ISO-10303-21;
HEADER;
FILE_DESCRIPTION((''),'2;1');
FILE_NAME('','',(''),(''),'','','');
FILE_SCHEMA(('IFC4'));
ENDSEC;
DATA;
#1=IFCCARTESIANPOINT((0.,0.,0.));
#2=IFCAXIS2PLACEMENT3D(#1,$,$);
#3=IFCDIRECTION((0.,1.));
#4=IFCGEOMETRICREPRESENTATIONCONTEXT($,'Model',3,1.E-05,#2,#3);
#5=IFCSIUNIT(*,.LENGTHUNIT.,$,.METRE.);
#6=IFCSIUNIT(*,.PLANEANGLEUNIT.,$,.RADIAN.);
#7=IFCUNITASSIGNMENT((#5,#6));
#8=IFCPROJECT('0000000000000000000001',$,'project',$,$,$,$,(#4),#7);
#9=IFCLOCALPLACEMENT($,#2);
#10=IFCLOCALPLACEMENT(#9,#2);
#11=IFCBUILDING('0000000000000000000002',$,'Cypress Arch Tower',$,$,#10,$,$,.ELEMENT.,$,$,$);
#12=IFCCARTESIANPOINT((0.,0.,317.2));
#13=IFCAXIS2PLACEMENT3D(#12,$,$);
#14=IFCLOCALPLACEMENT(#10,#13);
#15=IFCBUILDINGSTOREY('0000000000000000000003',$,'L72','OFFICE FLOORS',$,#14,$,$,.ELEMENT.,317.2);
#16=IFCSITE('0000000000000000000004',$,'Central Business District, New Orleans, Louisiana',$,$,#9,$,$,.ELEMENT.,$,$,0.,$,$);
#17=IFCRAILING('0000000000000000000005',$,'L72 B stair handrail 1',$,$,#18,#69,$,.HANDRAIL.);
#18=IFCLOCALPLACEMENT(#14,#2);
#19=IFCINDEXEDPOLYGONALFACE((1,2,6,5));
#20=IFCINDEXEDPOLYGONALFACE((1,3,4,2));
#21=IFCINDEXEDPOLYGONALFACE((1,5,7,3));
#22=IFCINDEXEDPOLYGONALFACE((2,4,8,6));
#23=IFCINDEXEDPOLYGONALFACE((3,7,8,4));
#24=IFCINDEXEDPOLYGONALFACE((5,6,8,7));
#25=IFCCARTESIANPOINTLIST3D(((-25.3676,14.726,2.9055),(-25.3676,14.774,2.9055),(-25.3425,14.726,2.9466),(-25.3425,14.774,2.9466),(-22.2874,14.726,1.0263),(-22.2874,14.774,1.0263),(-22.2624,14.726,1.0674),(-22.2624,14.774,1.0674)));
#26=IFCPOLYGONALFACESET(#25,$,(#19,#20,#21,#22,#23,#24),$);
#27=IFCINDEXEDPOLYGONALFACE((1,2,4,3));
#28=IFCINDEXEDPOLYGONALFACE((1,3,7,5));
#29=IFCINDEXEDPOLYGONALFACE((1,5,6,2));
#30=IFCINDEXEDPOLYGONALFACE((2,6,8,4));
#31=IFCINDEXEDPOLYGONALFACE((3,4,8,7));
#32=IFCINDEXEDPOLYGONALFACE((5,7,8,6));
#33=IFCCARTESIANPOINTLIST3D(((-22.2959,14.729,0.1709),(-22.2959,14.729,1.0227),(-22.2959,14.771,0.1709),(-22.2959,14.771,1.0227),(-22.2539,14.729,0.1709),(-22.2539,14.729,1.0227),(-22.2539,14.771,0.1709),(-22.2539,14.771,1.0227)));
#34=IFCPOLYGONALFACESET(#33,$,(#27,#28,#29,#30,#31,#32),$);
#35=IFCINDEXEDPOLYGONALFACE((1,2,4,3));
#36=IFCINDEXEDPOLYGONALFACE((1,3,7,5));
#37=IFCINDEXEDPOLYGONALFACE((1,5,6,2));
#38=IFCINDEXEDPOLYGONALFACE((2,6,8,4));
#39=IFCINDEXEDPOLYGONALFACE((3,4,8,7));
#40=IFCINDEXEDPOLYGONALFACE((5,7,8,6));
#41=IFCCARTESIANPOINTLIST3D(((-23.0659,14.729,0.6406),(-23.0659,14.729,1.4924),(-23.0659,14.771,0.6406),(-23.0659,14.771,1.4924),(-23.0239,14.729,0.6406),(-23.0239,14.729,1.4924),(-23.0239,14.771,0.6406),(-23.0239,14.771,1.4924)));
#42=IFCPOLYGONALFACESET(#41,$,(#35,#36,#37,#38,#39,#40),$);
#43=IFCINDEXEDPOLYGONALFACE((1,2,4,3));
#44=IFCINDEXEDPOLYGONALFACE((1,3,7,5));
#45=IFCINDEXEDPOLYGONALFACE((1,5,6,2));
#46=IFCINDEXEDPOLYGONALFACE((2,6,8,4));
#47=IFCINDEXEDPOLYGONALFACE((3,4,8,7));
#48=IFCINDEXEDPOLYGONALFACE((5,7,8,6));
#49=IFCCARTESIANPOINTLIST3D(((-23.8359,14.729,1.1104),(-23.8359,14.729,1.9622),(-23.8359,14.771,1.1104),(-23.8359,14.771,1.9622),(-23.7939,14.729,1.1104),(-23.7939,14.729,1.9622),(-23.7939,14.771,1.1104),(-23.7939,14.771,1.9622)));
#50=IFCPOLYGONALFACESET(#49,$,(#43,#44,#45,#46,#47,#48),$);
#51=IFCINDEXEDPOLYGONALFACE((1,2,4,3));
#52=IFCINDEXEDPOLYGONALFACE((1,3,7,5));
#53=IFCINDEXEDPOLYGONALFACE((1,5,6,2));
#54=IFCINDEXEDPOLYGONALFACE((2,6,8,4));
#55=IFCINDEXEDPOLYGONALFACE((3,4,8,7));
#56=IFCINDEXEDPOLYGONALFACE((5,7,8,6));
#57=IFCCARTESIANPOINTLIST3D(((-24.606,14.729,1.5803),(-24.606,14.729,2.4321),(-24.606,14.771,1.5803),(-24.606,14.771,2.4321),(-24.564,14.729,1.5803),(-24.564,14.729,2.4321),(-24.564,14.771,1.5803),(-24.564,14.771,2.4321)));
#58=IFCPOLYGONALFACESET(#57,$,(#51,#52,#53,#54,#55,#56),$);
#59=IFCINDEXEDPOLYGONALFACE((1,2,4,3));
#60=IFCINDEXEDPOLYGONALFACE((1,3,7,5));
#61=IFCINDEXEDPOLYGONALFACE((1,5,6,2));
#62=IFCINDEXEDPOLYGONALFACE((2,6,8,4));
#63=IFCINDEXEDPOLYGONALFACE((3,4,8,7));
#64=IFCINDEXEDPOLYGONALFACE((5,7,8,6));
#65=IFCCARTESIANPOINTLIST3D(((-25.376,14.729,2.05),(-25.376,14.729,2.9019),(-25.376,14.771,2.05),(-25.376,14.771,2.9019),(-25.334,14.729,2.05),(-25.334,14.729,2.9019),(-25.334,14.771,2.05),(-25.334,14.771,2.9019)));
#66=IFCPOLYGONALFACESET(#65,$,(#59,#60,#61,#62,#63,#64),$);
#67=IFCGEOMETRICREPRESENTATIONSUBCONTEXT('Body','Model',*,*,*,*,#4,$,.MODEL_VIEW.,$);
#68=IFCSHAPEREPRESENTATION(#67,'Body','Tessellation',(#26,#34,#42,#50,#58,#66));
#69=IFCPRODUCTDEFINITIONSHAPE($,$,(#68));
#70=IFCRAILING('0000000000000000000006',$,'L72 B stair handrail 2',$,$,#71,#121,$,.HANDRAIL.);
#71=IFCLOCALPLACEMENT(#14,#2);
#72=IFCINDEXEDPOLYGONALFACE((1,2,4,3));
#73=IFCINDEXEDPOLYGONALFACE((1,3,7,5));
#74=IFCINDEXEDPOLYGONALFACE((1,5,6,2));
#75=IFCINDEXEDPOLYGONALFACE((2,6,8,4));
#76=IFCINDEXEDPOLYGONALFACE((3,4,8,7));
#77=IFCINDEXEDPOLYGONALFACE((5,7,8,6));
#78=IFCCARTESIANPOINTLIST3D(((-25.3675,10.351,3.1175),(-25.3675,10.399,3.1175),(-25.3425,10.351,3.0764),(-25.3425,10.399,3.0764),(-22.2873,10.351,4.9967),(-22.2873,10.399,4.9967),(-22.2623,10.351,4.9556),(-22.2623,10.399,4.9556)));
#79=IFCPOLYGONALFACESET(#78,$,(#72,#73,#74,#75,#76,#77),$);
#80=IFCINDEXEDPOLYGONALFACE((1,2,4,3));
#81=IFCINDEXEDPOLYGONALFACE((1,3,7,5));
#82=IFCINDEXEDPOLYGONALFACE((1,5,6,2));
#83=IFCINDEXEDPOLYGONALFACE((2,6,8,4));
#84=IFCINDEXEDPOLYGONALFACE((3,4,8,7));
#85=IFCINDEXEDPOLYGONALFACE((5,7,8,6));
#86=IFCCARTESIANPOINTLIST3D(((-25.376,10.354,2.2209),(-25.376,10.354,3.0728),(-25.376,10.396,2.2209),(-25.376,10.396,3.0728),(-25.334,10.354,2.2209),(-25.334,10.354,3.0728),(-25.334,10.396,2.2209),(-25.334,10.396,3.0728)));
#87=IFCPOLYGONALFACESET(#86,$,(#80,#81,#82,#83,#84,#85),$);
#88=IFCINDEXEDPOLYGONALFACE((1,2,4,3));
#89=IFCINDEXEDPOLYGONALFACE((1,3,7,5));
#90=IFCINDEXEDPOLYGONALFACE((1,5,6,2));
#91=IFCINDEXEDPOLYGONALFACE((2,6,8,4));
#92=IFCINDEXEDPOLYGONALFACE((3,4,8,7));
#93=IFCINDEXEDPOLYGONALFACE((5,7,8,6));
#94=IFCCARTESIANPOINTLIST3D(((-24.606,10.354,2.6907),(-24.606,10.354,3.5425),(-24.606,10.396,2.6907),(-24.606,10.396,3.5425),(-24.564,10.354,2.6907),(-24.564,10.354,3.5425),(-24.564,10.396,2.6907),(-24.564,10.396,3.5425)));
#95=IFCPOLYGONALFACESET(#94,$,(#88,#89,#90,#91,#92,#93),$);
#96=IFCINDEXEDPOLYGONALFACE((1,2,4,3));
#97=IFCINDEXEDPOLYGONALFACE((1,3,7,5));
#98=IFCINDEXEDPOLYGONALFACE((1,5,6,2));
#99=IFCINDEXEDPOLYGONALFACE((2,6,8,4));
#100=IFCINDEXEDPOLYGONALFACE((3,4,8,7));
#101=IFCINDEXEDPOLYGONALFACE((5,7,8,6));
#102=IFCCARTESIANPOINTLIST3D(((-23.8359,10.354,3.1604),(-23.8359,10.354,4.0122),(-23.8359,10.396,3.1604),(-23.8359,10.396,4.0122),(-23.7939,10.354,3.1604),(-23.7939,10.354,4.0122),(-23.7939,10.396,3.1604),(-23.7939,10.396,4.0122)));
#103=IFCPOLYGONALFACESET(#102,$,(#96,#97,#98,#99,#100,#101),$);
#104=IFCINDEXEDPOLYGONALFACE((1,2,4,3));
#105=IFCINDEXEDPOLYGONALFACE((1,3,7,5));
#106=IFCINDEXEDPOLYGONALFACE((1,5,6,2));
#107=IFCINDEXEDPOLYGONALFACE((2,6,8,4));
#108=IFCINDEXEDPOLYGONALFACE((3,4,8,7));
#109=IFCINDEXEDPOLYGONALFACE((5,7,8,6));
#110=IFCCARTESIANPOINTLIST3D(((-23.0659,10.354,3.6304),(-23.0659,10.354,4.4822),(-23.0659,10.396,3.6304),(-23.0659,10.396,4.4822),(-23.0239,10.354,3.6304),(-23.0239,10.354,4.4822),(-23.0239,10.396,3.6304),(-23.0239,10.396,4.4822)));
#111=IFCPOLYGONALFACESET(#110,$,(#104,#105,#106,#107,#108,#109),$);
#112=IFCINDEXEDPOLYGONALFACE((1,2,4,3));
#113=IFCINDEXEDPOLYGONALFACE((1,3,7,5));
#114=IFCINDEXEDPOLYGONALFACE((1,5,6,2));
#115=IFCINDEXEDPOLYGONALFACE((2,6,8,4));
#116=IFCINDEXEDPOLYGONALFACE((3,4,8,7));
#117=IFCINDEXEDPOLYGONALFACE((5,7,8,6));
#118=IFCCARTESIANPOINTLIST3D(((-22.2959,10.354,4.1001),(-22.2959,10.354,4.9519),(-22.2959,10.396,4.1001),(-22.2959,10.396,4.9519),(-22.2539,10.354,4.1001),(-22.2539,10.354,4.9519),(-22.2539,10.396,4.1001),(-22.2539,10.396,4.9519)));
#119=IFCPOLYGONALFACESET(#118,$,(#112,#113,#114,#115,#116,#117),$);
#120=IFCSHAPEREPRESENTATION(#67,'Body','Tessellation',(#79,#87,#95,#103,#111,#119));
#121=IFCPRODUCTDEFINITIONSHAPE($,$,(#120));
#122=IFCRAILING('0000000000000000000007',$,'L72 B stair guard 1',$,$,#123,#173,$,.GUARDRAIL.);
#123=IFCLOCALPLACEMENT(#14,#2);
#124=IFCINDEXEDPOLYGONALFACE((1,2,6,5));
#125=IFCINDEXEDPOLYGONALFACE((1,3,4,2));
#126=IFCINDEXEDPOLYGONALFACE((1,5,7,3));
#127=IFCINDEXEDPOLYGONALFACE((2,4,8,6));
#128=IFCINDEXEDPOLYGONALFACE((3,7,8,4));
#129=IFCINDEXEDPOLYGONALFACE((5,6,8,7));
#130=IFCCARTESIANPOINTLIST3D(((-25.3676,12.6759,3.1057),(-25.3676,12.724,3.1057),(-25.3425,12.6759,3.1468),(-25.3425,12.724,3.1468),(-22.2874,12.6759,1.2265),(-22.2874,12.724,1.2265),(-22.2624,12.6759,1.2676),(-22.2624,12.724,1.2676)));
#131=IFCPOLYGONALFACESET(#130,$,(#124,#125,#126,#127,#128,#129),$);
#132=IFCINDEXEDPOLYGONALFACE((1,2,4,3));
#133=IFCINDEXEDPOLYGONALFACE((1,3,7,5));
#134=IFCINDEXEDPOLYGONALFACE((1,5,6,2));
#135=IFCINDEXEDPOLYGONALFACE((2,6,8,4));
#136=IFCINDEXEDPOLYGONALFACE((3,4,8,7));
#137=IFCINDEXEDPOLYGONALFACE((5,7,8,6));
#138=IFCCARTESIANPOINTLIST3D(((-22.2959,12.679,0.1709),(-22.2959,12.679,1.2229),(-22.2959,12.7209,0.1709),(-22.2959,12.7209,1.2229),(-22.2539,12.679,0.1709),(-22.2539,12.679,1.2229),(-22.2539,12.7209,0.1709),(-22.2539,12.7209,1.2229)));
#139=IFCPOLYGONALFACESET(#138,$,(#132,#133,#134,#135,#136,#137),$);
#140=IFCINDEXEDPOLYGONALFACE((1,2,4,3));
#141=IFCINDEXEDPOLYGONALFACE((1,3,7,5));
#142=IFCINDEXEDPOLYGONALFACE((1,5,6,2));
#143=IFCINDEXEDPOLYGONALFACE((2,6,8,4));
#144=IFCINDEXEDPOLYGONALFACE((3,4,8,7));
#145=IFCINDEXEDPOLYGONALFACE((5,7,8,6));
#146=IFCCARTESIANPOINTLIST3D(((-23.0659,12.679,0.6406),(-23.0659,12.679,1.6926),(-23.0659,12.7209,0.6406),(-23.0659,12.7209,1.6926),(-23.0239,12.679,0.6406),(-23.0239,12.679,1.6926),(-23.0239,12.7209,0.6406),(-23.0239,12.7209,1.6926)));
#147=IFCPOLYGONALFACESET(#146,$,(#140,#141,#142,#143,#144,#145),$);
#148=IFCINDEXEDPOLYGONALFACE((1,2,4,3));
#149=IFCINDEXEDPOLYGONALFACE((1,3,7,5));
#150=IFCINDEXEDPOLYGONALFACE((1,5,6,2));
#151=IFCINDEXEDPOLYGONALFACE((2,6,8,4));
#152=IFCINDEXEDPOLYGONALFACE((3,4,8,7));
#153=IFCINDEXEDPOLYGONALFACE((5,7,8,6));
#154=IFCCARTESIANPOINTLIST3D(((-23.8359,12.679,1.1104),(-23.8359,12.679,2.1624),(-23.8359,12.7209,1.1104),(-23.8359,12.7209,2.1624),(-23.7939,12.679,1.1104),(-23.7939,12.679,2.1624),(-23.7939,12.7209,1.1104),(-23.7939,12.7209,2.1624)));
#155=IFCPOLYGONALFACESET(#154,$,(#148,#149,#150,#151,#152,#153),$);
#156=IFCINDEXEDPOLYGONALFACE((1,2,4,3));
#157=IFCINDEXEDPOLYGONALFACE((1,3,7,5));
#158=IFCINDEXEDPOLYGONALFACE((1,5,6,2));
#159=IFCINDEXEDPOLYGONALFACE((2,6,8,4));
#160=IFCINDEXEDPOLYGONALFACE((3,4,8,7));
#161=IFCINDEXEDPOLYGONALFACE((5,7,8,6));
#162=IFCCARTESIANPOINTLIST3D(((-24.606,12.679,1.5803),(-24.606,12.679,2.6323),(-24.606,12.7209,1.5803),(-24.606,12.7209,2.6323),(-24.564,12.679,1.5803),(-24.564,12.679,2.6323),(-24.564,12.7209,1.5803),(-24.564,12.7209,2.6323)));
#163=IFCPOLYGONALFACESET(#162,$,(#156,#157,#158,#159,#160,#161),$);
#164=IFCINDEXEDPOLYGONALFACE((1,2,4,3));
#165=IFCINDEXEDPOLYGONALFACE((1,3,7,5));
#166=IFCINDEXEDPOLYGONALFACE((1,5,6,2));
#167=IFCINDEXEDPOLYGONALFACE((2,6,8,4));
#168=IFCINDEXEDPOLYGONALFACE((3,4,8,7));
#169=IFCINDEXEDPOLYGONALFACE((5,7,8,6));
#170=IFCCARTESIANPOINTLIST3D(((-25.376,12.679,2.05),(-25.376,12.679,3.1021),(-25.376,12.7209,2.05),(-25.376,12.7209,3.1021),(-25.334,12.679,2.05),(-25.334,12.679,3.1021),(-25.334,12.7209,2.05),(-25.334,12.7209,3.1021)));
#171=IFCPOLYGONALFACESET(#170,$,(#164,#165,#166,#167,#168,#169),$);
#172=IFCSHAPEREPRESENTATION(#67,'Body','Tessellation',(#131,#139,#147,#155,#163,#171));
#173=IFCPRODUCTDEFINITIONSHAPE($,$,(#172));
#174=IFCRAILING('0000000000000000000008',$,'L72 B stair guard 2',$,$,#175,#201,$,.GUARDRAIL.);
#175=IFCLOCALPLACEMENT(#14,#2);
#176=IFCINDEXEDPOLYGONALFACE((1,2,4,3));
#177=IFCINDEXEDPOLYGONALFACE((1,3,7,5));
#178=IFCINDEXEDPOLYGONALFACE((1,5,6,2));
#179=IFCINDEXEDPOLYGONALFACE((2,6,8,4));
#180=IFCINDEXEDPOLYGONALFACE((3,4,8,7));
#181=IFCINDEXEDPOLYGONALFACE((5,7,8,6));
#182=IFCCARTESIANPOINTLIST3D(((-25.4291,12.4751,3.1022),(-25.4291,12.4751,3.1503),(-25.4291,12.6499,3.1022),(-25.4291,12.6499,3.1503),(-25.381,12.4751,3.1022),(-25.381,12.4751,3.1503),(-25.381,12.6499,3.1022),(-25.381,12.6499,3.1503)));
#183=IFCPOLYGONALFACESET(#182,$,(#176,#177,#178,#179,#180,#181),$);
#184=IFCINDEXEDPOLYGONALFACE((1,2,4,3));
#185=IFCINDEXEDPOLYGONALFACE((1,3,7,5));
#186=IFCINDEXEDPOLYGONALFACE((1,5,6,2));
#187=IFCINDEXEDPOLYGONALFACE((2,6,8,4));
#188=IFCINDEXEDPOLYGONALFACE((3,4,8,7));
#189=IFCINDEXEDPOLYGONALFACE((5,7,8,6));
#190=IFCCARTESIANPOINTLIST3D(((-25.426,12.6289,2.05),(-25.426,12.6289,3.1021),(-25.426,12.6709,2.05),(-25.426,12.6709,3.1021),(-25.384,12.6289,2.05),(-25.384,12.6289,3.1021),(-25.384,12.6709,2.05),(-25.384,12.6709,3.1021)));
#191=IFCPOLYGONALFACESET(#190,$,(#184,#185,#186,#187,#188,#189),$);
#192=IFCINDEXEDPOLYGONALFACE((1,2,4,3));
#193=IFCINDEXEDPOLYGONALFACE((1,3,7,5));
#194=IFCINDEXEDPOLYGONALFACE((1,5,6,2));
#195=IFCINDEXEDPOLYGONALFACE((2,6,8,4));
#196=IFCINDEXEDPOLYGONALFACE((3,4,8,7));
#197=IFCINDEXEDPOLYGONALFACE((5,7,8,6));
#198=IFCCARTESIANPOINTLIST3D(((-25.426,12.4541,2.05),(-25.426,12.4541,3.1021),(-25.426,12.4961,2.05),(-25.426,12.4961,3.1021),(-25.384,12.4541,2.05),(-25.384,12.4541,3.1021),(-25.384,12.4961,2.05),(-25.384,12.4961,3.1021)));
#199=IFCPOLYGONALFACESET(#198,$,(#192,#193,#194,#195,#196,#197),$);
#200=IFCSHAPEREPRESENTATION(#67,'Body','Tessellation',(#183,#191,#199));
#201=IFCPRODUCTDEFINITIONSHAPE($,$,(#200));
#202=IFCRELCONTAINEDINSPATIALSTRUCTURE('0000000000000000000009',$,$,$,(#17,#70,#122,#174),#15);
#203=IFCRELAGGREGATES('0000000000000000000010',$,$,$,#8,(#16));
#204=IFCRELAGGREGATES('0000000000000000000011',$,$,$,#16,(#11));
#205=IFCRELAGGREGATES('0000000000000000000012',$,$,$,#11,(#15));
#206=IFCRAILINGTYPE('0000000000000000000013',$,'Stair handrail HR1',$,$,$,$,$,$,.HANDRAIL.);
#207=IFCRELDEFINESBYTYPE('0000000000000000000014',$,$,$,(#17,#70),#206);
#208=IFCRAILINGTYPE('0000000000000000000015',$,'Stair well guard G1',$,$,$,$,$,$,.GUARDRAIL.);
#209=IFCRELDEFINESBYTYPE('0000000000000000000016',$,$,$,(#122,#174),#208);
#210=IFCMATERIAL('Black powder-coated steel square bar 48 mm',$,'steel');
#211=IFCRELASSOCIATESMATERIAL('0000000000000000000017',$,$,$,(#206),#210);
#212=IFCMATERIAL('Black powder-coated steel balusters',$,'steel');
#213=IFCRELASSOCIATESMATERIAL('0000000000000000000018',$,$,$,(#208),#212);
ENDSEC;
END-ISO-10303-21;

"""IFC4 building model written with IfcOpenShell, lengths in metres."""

from ifc_helpers import new_model, si_unit, direction, frame, origin, origin_2d, place, context, subcontext, project, spatial, rectangle, extrude, material, type_object, element, save


model = new_model("IFC4")

# Units and contexts
model_context = context("Model", 3, precision=1e-05, world=origin(), true_north=direction((0.0, 1.0)))
body_context = subcontext(model_context, "Body", "Model", "MODEL_VIEW")
ifc_project = project(units=[si_unit("LENGTHUNIT", "METRE"), si_unit("PLANEANGLEUNIT", "RADIAN")], contexts=[model_context])

# Site, building, storey
site_placement = place(None, origin())
site = spatial("IfcSite", under=ifc_project, at=site_placement, Name="Central Business District, New Orleans, Louisiana", CompositionType="ELEMENT", RefElevation=0.0)
building_placement = place(site_placement, origin())
building = spatial("IfcBuilding", under=site, at=building_placement, Name="Cypress Arch Tower", CompositionType="ELEMENT")
storey_placement = place(building_placement, frame((0.0, 0.0, 317.2)))
storey = spatial("IfcBuildingStorey", under=building, at=storey_placement, Name="L72", Description="OFFICE FLOORS", CompositionType="ELEMENT", Elevation=317.2)

# Railings
ifc_material_1 = material(Name="Black powder-coated steel square bar 48 mm", Category="steel")
railing_type_1 = type_object("IfcRailingType", Name="Stair handrail HR1", PredefinedType="HANDRAIL", material=ifc_material_1)
railing_1_placement = place(storey_placement, frame((-22.2749, 14.75, 0.1709)))
element("IfcRailing", 1, at=railing_1_placement, inside=storey, type_object=railing_type_1, Name="L72 B stair handrail 1", PredefinedType="HANDRAIL", context=body_context, shape_type="SweptSolid", body=[
    extrude(rectangle(XDim=0.0481, YDim=0.0481, at=origin_2d()), frame((0.0, 0.0, 0.876), z_axis=(-0.853666, 0.0, 0.52082), x_axis=(0.0, -1.0, 0.0)), (0.0, 0.0, 1.0), 3.6082),
    extrude(rectangle(XDim=0.042, YDim=0.042, at=origin_2d()), origin(), (0.0, 0.0, 1.0), 0.8518),
    extrude(rectangle(XDim=0.042, YDim=0.042, at=origin_2d()), frame((-0.77, 0.0, 0.4697)), (0.0, 0.0, 1.0), 0.8518),
    extrude(rectangle(XDim=0.042, YDim=0.042, at=origin_2d()), frame((-1.54, 0.0, 0.9395)), (0.0, 0.0, 1.0), 0.8518),
    extrude(rectangle(XDim=0.042, YDim=0.042, at=origin_2d()), frame((-2.3101, 0.0, 1.4094)), (0.0, 0.0, 1.0), 0.8518),
    extrude(rectangle(XDim=0.042, YDim=0.042, at=origin_2d()), frame((-3.0801, 0.0, 1.8792)), (0.0, 0.0, 1.0), 0.8518),
])
railing_2_placement = place(storey_placement, frame((-25.355, 10.375, 2.2209)))
element("IfcRailing", 2, at=railing_2_placement, inside=storey, type_object=railing_type_1, Name="L72 B stair handrail 2", PredefinedType="HANDRAIL", context=body_context, shape_type="SweptSolid", body=[
    extrude(rectangle(XDim=0.0481, YDim=0.0481, at=origin_2d()), frame((0.0, 0.0, 0.876), z_axis=(0.853666, 0.0, 0.52082), x_axis=(0.0, 1.0, 0.0)), (0.0, 0.0, 1.0), 3.6082),
    extrude(rectangle(XDim=0.042, YDim=0.042, at=origin_2d()), origin(), (0.0, 0.0, 1.0), 0.8518),
    extrude(rectangle(XDim=0.042, YDim=0.042, at=origin_2d()), frame((0.77, 0.0, 0.4697)), (0.0, 0.0, 1.0), 0.8518),
    extrude(rectangle(XDim=0.042, YDim=0.042, at=origin_2d()), frame((1.54, 0.0, 0.9395)), (0.0, 0.0, 1.0), 0.8518),
    extrude(rectangle(XDim=0.042, YDim=0.042, at=origin_2d()), frame((2.3101, 0.0, 1.4094)), (0.0, 0.0, 1.0), 0.8518),
    extrude(rectangle(XDim=0.042, YDim=0.042, at=origin_2d()), frame((3.0801, 0.0, 1.8792)), (0.0, 0.0, 1.0), 0.8518),
])
ifc_material_2 = material(Name="Black powder-coated steel balusters", Category="steel")
railing_type_2 = type_object("IfcRailingType", Name="Stair well guard G1", PredefinedType="GUARDRAIL", material=ifc_material_2)
railing_3_placement = place(storey_placement, frame((-22.2749, 12.7, 0.1709)))
element("IfcRailing", 3, at=railing_3_placement, inside=storey, type_object=railing_type_2, Name="L72 B stair guard 1", PredefinedType="GUARDRAIL", context=body_context, shape_type="SweptSolid", body=[
    extrude(rectangle(XDim=0.0481, YDim=0.0481, at=origin_2d()), frame((0.0, 0.0, 1.0762), z_axis=(-0.853666, 0.0, 0.52082), x_axis=(0.0, -1.0, 0.0)), (0.0, 0.0, 1.0), 3.6082),
    extrude(rectangle(XDim=0.042, YDim=0.042, at=origin_2d()), origin(), (0.0, 0.0, 1.0), 1.052),
    extrude(rectangle(XDim=0.042, YDim=0.042, at=origin_2d()), frame((-0.77, 0.0, 0.4697)), (0.0, 0.0, 1.0), 1.052),
    extrude(rectangle(XDim=0.042, YDim=0.042, at=origin_2d()), frame((-1.54, 0.0, 0.9395)), (0.0, 0.0, 1.0), 1.052),
    extrude(rectangle(XDim=0.042, YDim=0.042, at=origin_2d()), frame((-2.3101, 0.0, 1.4094)), (0.0, 0.0, 1.0), 1.052),
    extrude(rectangle(XDim=0.042, YDim=0.042, at=origin_2d()), frame((-3.0801, 0.0, 1.8792)), (0.0, 0.0, 1.0), 1.052),
])
railing_4_placement = place(storey_placement, frame((-25.405, 12.6499, 2.05)))
element("IfcRailing", 4, at=railing_4_placement, inside=storey, type_object=railing_type_2, Name="L72 B stair guard 2", PredefinedType="GUARDRAIL", context=body_context, shape_type="SweptSolid", body=[
    extrude(rectangle(XDim=0.0481, YDim=0.0481, at=origin_2d()), frame((0.0, 0.0, 1.0762), z_axis=(0.0, -1.0, 0.0), x_axis=(1.0, 0.0, 0.0)), (0.0, 0.0, 1.0), 0.1748),
    extrude(rectangle(XDim=0.042, YDim=0.042, at=origin_2d()), origin(), (0.0, 0.0, 1.0), 1.052),
    extrude(rectangle(XDim=0.042, YDim=0.042, at=origin_2d()), frame((0.0, -0.1748, 0.0)), (0.0, 0.0, 1.0), 1.052),
])

save(model, "model.ifc")
